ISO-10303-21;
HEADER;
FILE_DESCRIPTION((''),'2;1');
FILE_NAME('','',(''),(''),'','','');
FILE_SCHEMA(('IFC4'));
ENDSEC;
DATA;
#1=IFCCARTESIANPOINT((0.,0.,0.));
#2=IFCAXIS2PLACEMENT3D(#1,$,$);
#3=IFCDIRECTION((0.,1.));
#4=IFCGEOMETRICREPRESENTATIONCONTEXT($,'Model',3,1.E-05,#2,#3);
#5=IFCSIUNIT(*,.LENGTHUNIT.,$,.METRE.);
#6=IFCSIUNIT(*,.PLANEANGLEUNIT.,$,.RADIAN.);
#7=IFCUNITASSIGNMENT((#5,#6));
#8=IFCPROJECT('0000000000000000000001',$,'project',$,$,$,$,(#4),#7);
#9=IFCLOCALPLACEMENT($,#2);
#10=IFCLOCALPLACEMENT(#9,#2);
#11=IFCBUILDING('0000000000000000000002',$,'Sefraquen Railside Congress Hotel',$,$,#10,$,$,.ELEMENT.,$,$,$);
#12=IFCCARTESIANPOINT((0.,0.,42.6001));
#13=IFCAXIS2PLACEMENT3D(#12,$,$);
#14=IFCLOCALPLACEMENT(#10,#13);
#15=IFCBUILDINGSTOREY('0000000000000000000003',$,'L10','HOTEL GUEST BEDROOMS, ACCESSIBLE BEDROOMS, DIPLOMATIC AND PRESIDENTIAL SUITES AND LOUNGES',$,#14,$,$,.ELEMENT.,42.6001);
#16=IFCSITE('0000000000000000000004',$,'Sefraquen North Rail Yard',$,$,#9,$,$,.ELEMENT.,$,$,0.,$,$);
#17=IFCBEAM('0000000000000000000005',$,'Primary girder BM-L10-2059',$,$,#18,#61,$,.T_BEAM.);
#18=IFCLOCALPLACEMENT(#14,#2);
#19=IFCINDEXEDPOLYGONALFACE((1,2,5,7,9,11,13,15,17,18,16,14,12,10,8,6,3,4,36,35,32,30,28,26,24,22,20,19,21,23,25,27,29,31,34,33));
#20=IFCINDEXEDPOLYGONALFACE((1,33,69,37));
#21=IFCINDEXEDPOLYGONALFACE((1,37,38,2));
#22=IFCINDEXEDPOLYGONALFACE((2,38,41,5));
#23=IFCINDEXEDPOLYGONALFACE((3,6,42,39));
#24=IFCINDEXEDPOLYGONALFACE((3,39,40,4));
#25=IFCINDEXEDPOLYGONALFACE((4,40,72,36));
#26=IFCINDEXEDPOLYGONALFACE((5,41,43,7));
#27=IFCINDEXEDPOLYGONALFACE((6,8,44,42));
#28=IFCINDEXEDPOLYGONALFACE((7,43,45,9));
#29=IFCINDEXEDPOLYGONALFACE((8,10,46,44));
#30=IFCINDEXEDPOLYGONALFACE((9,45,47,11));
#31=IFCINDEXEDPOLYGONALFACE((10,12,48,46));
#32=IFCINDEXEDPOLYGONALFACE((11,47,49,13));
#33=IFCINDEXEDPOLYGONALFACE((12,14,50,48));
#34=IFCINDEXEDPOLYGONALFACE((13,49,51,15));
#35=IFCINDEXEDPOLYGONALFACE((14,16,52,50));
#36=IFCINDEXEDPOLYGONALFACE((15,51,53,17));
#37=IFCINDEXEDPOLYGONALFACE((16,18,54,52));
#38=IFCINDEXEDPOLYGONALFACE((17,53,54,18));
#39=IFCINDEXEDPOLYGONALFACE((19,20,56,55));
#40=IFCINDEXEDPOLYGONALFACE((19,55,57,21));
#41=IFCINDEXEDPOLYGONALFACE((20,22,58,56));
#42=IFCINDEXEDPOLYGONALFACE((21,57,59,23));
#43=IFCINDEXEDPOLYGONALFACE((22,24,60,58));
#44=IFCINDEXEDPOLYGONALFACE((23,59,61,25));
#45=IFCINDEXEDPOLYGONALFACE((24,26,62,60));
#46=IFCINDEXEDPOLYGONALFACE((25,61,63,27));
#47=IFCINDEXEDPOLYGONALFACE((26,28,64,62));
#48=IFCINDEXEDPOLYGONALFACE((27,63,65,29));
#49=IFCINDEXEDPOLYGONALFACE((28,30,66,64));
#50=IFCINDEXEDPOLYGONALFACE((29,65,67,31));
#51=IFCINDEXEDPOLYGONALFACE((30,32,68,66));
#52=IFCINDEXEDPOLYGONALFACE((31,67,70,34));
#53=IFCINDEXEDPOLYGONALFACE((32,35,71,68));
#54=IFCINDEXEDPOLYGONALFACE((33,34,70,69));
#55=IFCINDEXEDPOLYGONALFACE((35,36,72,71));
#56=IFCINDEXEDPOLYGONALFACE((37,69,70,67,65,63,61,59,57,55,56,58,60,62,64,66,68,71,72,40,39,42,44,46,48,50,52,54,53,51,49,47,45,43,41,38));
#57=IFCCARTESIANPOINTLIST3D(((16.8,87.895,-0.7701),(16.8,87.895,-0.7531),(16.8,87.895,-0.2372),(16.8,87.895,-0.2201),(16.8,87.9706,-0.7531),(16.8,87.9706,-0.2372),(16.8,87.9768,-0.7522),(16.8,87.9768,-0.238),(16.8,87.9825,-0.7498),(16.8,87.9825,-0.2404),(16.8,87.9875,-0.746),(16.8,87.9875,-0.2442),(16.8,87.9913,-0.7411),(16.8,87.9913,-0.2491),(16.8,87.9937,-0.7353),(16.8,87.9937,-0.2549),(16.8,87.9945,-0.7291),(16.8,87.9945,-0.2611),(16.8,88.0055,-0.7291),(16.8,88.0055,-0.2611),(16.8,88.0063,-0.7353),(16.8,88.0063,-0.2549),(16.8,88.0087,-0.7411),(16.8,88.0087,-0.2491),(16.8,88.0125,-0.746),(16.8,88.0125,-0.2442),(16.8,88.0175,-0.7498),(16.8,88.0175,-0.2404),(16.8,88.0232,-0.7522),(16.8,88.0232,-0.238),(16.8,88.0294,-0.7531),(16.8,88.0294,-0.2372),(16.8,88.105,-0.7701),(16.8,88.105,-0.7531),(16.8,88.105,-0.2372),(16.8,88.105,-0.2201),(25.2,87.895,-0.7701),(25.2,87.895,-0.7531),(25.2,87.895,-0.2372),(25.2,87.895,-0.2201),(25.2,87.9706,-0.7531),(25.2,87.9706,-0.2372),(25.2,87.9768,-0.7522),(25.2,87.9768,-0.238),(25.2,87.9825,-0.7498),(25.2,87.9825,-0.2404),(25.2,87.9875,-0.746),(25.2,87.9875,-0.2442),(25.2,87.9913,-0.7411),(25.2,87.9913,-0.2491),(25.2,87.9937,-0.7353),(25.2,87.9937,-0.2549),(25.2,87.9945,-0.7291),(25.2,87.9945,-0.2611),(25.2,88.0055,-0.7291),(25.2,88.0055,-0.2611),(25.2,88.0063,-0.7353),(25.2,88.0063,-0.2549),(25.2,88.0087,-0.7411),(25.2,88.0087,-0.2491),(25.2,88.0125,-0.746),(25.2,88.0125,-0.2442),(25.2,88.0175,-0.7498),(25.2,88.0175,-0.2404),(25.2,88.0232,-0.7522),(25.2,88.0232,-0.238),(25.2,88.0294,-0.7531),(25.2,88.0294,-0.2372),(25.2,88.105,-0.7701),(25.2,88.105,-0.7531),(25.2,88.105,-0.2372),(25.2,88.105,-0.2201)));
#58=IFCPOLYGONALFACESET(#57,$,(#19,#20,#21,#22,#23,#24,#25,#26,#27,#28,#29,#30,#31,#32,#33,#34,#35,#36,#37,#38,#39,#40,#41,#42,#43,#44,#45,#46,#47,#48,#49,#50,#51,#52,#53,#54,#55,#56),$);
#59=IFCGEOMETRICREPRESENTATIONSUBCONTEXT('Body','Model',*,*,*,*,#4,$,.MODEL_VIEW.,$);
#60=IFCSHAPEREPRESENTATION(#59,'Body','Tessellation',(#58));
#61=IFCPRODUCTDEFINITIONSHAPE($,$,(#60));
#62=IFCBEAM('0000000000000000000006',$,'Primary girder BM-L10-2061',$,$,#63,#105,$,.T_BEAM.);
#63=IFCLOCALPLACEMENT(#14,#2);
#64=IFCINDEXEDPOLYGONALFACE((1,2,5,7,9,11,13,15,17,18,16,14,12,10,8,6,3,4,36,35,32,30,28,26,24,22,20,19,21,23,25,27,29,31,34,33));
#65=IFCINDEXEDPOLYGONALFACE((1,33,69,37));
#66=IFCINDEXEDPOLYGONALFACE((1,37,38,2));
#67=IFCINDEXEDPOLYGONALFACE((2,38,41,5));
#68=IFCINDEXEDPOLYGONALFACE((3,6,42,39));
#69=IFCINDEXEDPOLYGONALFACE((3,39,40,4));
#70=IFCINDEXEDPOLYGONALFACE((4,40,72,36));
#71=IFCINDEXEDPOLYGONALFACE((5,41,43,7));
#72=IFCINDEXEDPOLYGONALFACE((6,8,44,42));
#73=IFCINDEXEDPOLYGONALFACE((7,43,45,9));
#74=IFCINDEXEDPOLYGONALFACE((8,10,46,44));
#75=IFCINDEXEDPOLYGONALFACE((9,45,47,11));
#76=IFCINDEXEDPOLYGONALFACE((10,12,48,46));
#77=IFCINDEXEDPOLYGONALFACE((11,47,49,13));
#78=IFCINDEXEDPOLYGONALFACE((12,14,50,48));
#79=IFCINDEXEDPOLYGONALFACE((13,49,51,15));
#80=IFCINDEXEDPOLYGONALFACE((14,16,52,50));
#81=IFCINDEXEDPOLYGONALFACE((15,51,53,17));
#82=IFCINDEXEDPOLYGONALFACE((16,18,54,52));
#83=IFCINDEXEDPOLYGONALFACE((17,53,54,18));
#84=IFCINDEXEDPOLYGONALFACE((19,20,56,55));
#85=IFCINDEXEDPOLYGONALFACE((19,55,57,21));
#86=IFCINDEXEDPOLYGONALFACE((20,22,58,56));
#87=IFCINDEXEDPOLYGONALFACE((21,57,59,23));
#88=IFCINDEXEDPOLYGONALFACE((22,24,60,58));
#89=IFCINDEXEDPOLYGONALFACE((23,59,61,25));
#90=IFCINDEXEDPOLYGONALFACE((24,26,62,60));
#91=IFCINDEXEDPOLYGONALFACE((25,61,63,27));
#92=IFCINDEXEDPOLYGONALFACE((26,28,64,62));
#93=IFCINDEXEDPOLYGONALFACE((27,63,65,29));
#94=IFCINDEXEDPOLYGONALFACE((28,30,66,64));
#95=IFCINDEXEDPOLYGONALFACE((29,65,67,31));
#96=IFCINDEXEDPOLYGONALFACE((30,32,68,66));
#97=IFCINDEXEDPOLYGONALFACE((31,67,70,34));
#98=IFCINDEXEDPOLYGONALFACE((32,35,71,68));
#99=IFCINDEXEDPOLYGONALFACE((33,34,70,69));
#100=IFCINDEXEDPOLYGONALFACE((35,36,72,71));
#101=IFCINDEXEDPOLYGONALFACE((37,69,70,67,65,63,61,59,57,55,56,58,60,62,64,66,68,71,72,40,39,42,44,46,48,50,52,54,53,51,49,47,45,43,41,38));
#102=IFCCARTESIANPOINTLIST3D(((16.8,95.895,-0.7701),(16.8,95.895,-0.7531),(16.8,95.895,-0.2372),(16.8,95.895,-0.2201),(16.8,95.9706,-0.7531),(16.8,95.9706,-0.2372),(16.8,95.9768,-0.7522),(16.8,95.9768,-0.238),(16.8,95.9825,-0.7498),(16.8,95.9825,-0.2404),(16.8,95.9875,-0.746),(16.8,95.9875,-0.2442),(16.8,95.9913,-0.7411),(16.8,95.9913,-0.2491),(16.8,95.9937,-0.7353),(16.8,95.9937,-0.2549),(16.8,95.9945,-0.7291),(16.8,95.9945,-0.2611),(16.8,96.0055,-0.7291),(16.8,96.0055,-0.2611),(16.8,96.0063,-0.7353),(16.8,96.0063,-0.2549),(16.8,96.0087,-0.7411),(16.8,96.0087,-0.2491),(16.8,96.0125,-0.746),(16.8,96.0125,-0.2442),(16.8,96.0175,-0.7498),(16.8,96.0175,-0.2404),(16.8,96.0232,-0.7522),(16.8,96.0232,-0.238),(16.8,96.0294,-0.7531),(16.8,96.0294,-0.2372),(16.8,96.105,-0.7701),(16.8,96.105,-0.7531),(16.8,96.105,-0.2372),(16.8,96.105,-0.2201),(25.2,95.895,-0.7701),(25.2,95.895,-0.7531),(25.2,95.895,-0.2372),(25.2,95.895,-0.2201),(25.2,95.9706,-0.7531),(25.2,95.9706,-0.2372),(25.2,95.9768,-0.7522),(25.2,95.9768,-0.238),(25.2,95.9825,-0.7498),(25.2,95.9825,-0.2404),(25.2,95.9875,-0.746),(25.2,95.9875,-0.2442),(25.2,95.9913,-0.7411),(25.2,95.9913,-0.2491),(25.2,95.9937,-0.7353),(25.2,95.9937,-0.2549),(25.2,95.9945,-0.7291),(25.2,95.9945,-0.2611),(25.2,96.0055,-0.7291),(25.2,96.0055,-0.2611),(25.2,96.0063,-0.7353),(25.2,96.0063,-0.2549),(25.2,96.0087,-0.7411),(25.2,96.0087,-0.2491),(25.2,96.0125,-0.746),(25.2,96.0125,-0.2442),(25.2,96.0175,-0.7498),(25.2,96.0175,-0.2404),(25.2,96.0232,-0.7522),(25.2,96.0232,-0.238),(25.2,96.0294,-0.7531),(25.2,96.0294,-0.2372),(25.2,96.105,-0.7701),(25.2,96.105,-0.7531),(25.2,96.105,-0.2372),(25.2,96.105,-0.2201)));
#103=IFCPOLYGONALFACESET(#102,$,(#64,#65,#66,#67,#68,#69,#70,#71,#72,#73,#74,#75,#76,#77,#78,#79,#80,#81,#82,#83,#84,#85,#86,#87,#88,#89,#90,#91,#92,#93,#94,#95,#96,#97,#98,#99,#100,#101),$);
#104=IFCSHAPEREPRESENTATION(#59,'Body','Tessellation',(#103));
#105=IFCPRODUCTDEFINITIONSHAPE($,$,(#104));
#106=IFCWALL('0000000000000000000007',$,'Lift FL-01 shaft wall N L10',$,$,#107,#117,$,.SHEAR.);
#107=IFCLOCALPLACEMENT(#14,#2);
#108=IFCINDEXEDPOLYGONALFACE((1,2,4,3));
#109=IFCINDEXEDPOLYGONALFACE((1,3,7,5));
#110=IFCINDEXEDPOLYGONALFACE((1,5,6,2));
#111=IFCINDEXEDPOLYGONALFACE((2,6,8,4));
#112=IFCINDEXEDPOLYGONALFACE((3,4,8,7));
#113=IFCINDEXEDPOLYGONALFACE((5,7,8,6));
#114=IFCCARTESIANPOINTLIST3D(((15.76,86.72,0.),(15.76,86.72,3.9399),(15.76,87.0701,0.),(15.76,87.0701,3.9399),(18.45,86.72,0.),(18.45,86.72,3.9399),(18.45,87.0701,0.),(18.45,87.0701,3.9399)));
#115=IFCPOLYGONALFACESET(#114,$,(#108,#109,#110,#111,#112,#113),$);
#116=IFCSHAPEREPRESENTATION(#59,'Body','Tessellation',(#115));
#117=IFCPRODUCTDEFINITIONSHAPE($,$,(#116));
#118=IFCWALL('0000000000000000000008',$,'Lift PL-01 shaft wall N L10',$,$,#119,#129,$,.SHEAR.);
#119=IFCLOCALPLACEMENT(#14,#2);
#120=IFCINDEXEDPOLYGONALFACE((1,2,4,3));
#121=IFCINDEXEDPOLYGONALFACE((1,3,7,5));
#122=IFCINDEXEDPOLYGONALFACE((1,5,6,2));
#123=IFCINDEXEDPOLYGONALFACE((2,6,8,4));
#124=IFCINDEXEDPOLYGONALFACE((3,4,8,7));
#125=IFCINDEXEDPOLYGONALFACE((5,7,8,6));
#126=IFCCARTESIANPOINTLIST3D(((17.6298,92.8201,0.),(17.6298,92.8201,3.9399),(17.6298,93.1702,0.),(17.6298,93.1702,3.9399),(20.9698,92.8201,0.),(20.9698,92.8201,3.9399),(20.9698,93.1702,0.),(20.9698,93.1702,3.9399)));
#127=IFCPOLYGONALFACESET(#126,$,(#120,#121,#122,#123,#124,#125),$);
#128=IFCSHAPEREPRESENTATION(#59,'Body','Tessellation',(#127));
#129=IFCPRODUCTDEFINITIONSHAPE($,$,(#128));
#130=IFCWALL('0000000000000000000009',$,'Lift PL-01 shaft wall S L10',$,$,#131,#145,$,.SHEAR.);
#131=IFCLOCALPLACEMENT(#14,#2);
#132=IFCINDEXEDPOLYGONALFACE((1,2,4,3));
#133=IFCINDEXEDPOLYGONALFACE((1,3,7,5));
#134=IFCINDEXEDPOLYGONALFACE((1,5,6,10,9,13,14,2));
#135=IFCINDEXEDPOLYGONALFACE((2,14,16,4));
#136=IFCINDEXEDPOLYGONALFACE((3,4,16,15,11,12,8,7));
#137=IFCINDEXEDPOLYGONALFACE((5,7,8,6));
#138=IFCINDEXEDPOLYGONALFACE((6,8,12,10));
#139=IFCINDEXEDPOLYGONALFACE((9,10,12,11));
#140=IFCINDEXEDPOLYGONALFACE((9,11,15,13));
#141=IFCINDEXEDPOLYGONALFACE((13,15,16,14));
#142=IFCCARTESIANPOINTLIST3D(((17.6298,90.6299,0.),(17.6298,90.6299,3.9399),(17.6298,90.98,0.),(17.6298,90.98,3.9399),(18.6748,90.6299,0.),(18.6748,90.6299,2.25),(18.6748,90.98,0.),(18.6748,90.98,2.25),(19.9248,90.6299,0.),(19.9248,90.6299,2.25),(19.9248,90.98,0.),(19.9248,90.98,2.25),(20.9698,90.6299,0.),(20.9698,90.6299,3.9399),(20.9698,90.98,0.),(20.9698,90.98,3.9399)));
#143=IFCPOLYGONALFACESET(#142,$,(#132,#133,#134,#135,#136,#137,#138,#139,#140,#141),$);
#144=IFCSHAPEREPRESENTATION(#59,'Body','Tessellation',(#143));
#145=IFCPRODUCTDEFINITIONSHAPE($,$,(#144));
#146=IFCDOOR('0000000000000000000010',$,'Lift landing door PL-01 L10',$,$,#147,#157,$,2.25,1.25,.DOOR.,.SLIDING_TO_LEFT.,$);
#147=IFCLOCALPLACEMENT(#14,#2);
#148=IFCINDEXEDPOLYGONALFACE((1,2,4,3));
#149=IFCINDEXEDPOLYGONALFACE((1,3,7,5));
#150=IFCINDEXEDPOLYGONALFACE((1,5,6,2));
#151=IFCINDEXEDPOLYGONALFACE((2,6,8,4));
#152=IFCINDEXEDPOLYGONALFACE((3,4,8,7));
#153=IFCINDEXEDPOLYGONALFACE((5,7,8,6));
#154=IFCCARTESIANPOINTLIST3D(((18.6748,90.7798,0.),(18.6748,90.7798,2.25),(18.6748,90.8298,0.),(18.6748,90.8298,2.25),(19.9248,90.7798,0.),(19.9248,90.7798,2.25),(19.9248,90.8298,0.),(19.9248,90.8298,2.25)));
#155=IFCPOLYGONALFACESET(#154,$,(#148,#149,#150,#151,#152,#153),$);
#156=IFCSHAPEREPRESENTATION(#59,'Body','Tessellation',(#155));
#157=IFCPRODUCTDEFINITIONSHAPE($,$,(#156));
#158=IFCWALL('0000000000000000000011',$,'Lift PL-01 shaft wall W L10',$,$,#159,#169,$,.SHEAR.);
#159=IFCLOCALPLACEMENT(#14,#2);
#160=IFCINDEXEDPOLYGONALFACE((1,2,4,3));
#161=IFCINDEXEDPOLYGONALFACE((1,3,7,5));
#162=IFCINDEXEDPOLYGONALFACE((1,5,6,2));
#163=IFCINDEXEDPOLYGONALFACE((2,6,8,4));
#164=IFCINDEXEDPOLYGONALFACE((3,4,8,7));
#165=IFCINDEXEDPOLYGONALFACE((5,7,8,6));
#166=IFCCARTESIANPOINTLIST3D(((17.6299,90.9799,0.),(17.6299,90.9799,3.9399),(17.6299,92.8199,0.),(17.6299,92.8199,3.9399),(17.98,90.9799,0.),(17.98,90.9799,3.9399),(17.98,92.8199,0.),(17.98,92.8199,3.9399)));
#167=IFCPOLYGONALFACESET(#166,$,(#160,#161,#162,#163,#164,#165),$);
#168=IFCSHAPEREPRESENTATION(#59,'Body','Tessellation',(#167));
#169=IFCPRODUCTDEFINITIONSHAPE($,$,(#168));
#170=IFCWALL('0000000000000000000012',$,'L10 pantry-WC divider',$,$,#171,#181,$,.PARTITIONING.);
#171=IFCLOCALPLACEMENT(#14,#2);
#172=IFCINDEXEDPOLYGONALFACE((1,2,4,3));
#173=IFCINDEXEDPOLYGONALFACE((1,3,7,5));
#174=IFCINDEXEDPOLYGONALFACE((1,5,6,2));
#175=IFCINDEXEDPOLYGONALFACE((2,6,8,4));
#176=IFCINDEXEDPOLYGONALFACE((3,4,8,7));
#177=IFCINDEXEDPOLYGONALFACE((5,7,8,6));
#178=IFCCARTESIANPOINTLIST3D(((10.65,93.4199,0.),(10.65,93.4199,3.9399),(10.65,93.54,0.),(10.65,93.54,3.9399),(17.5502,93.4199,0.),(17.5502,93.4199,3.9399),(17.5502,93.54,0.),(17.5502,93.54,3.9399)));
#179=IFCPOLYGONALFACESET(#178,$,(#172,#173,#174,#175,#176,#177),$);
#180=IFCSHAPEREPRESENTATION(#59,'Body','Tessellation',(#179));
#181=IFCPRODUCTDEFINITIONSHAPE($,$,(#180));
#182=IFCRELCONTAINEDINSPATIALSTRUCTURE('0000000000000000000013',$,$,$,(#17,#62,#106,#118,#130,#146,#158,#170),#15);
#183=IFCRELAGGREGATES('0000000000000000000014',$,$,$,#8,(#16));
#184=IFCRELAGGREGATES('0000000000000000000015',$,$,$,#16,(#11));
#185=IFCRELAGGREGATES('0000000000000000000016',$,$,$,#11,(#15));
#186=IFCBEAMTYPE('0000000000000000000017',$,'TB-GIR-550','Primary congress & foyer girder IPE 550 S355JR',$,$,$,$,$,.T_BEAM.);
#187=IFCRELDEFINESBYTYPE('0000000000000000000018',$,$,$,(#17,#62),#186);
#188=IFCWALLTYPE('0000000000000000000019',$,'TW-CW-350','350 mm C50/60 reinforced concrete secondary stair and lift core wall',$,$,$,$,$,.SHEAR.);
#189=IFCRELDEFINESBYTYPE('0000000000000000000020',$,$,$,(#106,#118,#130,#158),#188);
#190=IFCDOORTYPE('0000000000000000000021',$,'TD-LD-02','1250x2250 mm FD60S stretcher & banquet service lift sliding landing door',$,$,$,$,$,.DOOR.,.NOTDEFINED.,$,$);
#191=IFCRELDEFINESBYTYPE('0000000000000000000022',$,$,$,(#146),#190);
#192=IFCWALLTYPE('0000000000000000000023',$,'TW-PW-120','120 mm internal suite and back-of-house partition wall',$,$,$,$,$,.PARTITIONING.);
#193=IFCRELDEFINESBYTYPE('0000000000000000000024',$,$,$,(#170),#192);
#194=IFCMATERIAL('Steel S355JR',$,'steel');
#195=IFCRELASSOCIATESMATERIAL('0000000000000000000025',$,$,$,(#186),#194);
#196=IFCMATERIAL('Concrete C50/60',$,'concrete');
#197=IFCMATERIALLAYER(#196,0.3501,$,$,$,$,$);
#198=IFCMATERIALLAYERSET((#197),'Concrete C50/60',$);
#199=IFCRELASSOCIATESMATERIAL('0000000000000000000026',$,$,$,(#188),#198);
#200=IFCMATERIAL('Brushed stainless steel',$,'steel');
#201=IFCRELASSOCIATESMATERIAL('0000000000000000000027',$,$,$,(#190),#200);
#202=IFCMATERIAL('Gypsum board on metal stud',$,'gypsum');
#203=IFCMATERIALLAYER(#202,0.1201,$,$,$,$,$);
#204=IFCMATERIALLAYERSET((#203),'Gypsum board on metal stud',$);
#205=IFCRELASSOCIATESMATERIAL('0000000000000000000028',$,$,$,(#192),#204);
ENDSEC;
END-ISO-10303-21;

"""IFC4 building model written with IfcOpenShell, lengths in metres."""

from ifc_helpers import new_model, si_unit, direction, frame, frame_2d, origin, origin_2d, place, context, subcontext, project, spatial, rectangle, i_section, extrude, material, layer, layer_set, material_profile, profile_set, type_object, element, fill, save


model = new_model("IFC4")

# Units and contexts
model_context = context("Model", 3, precision=1e-05, world=origin(), true_north=direction((0.0, 1.0)))
body_context = subcontext(model_context, "Body", "Model", "MODEL_VIEW")
ifc_project = project(units=[si_unit("LENGTHUNIT", "METRE"), si_unit("PLANEANGLEUNIT", "RADIAN")], contexts=[model_context])

# Site, building, storey
site_placement = place(None, origin())
site = spatial("IfcSite", under=ifc_project, at=site_placement, Name="Sefraquen North Rail Yard", CompositionType="ELEMENT", RefElevation=0.0)
building_placement = place(site_placement, origin())
building = spatial("IfcBuilding", under=site, at=building_placement, Name="Sefraquen Railside Congress Hotel", CompositionType="ELEMENT")
storey_placement = place(building_placement, frame((0.0, 0.0, 42.6001)))
storey = spatial("IfcBuildingStorey", under=building, at=storey_placement, Name="L10", Description="HOTEL GUEST BEDROOMS, ACCESSIBLE BEDROOMS, DIPLOMATIC AND PRESIDENTIAL SUITES AND LOUNGES", CompositionType="ELEMENT", Elevation=42.6001)

# Shared definitions
ifc_material_1 = material(Name="Steel S355JR", Category="steel")

# Beams
ifc_material_profile_1 = material_profile(ifc_material_1, i_section(OverallWidth=0.21, OverallDepth=0.55, WebThickness=0.011, FlangeThickness=0.0171, FilletRadius=0.0239, at=origin_2d()), Name="IPE 550")
ifc_profile_set_1 = profile_set([ifc_material_profile_1], Name="Steel S355JR")
beam_type_1 = type_object("IfcBeamType", Name="TB-GIR-550", Description="Primary congress & foyer girder IPE 550 S355JR", PredefinedType="T_BEAM", material=ifc_profile_set_1)
for number, where, z_axis, x_axis, name in (
    (1, (16.8, 88.0, -0.4951), (1.0, 0.0, 0.0), (0.0, 1.0, 0.0), "Primary girder BM-L10-2059"),
    (2, (16.8, 96.0, -0.4951), (1.0, 0.0, 0.0), (0.0, 1.0, 0.0), "Primary girder BM-L10-2061"),
):
    element("IfcBeam", number, at=place(storey_placement, frame(where, z_axis=z_axis, x_axis=x_axis)), inside=storey, type_object=beam_type_1, Name=name, PredefinedType="T_BEAM", context=body_context, shape_type="SweptSolid", body=[
        extrude(i_section(OverallWidth=0.21, OverallDepth=0.55, WebThickness=0.011, FlangeThickness=0.0171, FilletRadius=0.0239, at=origin_2d()), origin(), (0.0, 0.0, 1.0), 8.3999),
    ])

# Walls
ifc_material_2 = material(Name="Concrete C50/60", Category="concrete")
ifc_layer_1 = layer(ifc_material_2, 0.3501)
ifc_layer_set_1 = layer_set([ifc_layer_1], Name="Concrete C50/60")
wall_type_1 = type_object("IfcWallType", Name="TW-CW-350", Description="350 mm C50/60 reinforced concrete secondary stair and lift core wall", PredefinedType="SHEAR", material=ifc_layer_set_1)
wall_1_placement = place(storey_placement, frame((15.76, 86.895, 0.0), z_axis=(0.0, 0.0, 1.0), x_axis=(1.0, 0.0, 0.0)))
element("IfcWall", 3, at=wall_1_placement, inside=storey, type_object=wall_type_1, Name="Lift FL-01 shaft wall N L10", PredefinedType="SHEAR", context=body_context, shape_type="SweptSolid", body=[
    extrude(rectangle(XDim=2.6899, YDim=0.3501, at=frame_2d((1.345, 0.0))), origin(), (0.0, 0.0, 1.0), 3.9399),
])
wall_2_placement = place(storey_placement, frame((17.6299, 92.9951, 0.0), z_axis=(0.0, 0.0, 1.0), x_axis=(1.0, 0.0, 0.0)))
element("IfcWall", 4, at=wall_2_placement, inside=storey, type_object=wall_type_1, Name="Lift PL-01 shaft wall N L10", PredefinedType="SHEAR", context=body_context, shape_type="SweptSolid", body=[
    extrude(rectangle(XDim=3.3401, YDim=0.3501, at=frame_2d((1.6699, 0.0))), origin(), (0.0, 0.0, 1.0), 3.9399),
])

# Wall, opening, door
wall_3_placement = place(storey_placement, frame((17.6299, 90.8049, 0.0), z_axis=(0.0, 0.0, 1.0), x_axis=(1.0, 0.0, 0.0)))
wall_3 = element("IfcWall", 5, at=wall_3_placement, inside=storey, type_object=wall_type_1, Name="Lift PL-01 shaft wall S L10", PredefinedType="SHEAR", context=body_context, shape_type="SweptSolid", body=[
    extrude(rectangle(XDim=3.3401, YDim=0.3501, at=frame_2d((1.6699, 0.0))), origin(), (0.0, 0.0, 1.0), 3.9399),
])
opening_1_placement = place(wall_3_placement, frame((1.0449, 0.0, 0.0)))
opening_1 = element("IfcOpeningElement", 6, at=opening_1_placement, cuts=wall_3, PredefinedType="OPENING", context=body_context, shape_type="SweptSolid", body=[
    extrude(rectangle(XDim=1.25, YDim=2.25, at=frame_2d((0.625, 1.125))), frame((0.0, 0.1851, 0.0), z_axis=(0.0, -1.0, 0.0), x_axis=(1.0, 0.0, 0.0)), (0.0, 0.0, 1.0), 0.3701),
])
ifc_material_3 = material(Name="Brushed stainless steel", Category="steel")
door_type_1 = type_object("IfcDoorType", Name="TD-LD-02", Description="1250x2250 mm FD60S stretcher & banquet service lift sliding landing door", OperationType="NOTDEFINED", PredefinedType="DOOR", material=ifc_material_3)
door_1_placement = place(opening_1_placement, origin())
door_1 = element("IfcDoor", 7, at=door_1_placement, inside=storey, type_object=door_type_1, Name="Lift landing door PL-01 L10", OperationType="SLIDING_TO_LEFT", OverallHeight=2.25, OverallWidth=1.25, PredefinedType="DOOR", context=body_context, shape_type="SweptSolid", body=[
    extrude(rectangle(XDim=1.25, YDim=2.25, at=frame_2d((0.625, 1.125))), frame((0.0, 0.0249, 0.0), z_axis=(0.0, -1.0, 0.0), x_axis=(1.0, 0.0, 0.0)), (0.0, 0.0, 1.0), 0.05),
])
fill(opening_1, door_1)

# Walls
wall_4_placement = place(storey_placement, frame((17.8049, 90.98, 0.0), z_axis=(0.0, 0.0, 1.0), x_axis=(0.0, 1.0, 0.0)))
element("IfcWall", 8, at=wall_4_placement, inside=storey, type_object=wall_type_1, Name="Lift PL-01 shaft wall W L10", PredefinedType="SHEAR", context=body_context, shape_type="SweptSolid", body=[
    extrude(rectangle(XDim=1.8401, YDim=0.3501, at=frame_2d((0.9199, 0.0))), origin(), (0.0, 0.0, 1.0), 3.9399),
])
ifc_material_4 = material(Name="Gypsum board on metal stud", Category="gypsum")
ifc_layer_2 = layer(ifc_material_4, 0.1201)
ifc_layer_set_2 = layer_set([ifc_layer_2], Name="Gypsum board on metal stud")
wall_type_2 = type_object("IfcWallType", Name="TW-PW-120", Description="120 mm internal suite and back-of-house partition wall", PredefinedType="PARTITIONING", material=ifc_layer_set_2)
wall_5_placement = place(storey_placement, frame((10.6499, 93.48, 0.0), z_axis=(0.0, 0.0, 1.0), x_axis=(1.0, 0.0, 0.0)))
element("IfcWall", 9, at=wall_5_placement, inside=storey, type_object=wall_type_2, Name="L10 pantry-WC divider", PredefinedType="PARTITIONING", context=body_context, shape_type="SweptSolid", body=[
    extrude(rectangle(XDim=6.9001, YDim=0.1201, at=frame_2d((3.4502, 0.0))), origin(), (0.0, 0.0, 1.0), 3.9399),
])

save(model, "model.ifc")
